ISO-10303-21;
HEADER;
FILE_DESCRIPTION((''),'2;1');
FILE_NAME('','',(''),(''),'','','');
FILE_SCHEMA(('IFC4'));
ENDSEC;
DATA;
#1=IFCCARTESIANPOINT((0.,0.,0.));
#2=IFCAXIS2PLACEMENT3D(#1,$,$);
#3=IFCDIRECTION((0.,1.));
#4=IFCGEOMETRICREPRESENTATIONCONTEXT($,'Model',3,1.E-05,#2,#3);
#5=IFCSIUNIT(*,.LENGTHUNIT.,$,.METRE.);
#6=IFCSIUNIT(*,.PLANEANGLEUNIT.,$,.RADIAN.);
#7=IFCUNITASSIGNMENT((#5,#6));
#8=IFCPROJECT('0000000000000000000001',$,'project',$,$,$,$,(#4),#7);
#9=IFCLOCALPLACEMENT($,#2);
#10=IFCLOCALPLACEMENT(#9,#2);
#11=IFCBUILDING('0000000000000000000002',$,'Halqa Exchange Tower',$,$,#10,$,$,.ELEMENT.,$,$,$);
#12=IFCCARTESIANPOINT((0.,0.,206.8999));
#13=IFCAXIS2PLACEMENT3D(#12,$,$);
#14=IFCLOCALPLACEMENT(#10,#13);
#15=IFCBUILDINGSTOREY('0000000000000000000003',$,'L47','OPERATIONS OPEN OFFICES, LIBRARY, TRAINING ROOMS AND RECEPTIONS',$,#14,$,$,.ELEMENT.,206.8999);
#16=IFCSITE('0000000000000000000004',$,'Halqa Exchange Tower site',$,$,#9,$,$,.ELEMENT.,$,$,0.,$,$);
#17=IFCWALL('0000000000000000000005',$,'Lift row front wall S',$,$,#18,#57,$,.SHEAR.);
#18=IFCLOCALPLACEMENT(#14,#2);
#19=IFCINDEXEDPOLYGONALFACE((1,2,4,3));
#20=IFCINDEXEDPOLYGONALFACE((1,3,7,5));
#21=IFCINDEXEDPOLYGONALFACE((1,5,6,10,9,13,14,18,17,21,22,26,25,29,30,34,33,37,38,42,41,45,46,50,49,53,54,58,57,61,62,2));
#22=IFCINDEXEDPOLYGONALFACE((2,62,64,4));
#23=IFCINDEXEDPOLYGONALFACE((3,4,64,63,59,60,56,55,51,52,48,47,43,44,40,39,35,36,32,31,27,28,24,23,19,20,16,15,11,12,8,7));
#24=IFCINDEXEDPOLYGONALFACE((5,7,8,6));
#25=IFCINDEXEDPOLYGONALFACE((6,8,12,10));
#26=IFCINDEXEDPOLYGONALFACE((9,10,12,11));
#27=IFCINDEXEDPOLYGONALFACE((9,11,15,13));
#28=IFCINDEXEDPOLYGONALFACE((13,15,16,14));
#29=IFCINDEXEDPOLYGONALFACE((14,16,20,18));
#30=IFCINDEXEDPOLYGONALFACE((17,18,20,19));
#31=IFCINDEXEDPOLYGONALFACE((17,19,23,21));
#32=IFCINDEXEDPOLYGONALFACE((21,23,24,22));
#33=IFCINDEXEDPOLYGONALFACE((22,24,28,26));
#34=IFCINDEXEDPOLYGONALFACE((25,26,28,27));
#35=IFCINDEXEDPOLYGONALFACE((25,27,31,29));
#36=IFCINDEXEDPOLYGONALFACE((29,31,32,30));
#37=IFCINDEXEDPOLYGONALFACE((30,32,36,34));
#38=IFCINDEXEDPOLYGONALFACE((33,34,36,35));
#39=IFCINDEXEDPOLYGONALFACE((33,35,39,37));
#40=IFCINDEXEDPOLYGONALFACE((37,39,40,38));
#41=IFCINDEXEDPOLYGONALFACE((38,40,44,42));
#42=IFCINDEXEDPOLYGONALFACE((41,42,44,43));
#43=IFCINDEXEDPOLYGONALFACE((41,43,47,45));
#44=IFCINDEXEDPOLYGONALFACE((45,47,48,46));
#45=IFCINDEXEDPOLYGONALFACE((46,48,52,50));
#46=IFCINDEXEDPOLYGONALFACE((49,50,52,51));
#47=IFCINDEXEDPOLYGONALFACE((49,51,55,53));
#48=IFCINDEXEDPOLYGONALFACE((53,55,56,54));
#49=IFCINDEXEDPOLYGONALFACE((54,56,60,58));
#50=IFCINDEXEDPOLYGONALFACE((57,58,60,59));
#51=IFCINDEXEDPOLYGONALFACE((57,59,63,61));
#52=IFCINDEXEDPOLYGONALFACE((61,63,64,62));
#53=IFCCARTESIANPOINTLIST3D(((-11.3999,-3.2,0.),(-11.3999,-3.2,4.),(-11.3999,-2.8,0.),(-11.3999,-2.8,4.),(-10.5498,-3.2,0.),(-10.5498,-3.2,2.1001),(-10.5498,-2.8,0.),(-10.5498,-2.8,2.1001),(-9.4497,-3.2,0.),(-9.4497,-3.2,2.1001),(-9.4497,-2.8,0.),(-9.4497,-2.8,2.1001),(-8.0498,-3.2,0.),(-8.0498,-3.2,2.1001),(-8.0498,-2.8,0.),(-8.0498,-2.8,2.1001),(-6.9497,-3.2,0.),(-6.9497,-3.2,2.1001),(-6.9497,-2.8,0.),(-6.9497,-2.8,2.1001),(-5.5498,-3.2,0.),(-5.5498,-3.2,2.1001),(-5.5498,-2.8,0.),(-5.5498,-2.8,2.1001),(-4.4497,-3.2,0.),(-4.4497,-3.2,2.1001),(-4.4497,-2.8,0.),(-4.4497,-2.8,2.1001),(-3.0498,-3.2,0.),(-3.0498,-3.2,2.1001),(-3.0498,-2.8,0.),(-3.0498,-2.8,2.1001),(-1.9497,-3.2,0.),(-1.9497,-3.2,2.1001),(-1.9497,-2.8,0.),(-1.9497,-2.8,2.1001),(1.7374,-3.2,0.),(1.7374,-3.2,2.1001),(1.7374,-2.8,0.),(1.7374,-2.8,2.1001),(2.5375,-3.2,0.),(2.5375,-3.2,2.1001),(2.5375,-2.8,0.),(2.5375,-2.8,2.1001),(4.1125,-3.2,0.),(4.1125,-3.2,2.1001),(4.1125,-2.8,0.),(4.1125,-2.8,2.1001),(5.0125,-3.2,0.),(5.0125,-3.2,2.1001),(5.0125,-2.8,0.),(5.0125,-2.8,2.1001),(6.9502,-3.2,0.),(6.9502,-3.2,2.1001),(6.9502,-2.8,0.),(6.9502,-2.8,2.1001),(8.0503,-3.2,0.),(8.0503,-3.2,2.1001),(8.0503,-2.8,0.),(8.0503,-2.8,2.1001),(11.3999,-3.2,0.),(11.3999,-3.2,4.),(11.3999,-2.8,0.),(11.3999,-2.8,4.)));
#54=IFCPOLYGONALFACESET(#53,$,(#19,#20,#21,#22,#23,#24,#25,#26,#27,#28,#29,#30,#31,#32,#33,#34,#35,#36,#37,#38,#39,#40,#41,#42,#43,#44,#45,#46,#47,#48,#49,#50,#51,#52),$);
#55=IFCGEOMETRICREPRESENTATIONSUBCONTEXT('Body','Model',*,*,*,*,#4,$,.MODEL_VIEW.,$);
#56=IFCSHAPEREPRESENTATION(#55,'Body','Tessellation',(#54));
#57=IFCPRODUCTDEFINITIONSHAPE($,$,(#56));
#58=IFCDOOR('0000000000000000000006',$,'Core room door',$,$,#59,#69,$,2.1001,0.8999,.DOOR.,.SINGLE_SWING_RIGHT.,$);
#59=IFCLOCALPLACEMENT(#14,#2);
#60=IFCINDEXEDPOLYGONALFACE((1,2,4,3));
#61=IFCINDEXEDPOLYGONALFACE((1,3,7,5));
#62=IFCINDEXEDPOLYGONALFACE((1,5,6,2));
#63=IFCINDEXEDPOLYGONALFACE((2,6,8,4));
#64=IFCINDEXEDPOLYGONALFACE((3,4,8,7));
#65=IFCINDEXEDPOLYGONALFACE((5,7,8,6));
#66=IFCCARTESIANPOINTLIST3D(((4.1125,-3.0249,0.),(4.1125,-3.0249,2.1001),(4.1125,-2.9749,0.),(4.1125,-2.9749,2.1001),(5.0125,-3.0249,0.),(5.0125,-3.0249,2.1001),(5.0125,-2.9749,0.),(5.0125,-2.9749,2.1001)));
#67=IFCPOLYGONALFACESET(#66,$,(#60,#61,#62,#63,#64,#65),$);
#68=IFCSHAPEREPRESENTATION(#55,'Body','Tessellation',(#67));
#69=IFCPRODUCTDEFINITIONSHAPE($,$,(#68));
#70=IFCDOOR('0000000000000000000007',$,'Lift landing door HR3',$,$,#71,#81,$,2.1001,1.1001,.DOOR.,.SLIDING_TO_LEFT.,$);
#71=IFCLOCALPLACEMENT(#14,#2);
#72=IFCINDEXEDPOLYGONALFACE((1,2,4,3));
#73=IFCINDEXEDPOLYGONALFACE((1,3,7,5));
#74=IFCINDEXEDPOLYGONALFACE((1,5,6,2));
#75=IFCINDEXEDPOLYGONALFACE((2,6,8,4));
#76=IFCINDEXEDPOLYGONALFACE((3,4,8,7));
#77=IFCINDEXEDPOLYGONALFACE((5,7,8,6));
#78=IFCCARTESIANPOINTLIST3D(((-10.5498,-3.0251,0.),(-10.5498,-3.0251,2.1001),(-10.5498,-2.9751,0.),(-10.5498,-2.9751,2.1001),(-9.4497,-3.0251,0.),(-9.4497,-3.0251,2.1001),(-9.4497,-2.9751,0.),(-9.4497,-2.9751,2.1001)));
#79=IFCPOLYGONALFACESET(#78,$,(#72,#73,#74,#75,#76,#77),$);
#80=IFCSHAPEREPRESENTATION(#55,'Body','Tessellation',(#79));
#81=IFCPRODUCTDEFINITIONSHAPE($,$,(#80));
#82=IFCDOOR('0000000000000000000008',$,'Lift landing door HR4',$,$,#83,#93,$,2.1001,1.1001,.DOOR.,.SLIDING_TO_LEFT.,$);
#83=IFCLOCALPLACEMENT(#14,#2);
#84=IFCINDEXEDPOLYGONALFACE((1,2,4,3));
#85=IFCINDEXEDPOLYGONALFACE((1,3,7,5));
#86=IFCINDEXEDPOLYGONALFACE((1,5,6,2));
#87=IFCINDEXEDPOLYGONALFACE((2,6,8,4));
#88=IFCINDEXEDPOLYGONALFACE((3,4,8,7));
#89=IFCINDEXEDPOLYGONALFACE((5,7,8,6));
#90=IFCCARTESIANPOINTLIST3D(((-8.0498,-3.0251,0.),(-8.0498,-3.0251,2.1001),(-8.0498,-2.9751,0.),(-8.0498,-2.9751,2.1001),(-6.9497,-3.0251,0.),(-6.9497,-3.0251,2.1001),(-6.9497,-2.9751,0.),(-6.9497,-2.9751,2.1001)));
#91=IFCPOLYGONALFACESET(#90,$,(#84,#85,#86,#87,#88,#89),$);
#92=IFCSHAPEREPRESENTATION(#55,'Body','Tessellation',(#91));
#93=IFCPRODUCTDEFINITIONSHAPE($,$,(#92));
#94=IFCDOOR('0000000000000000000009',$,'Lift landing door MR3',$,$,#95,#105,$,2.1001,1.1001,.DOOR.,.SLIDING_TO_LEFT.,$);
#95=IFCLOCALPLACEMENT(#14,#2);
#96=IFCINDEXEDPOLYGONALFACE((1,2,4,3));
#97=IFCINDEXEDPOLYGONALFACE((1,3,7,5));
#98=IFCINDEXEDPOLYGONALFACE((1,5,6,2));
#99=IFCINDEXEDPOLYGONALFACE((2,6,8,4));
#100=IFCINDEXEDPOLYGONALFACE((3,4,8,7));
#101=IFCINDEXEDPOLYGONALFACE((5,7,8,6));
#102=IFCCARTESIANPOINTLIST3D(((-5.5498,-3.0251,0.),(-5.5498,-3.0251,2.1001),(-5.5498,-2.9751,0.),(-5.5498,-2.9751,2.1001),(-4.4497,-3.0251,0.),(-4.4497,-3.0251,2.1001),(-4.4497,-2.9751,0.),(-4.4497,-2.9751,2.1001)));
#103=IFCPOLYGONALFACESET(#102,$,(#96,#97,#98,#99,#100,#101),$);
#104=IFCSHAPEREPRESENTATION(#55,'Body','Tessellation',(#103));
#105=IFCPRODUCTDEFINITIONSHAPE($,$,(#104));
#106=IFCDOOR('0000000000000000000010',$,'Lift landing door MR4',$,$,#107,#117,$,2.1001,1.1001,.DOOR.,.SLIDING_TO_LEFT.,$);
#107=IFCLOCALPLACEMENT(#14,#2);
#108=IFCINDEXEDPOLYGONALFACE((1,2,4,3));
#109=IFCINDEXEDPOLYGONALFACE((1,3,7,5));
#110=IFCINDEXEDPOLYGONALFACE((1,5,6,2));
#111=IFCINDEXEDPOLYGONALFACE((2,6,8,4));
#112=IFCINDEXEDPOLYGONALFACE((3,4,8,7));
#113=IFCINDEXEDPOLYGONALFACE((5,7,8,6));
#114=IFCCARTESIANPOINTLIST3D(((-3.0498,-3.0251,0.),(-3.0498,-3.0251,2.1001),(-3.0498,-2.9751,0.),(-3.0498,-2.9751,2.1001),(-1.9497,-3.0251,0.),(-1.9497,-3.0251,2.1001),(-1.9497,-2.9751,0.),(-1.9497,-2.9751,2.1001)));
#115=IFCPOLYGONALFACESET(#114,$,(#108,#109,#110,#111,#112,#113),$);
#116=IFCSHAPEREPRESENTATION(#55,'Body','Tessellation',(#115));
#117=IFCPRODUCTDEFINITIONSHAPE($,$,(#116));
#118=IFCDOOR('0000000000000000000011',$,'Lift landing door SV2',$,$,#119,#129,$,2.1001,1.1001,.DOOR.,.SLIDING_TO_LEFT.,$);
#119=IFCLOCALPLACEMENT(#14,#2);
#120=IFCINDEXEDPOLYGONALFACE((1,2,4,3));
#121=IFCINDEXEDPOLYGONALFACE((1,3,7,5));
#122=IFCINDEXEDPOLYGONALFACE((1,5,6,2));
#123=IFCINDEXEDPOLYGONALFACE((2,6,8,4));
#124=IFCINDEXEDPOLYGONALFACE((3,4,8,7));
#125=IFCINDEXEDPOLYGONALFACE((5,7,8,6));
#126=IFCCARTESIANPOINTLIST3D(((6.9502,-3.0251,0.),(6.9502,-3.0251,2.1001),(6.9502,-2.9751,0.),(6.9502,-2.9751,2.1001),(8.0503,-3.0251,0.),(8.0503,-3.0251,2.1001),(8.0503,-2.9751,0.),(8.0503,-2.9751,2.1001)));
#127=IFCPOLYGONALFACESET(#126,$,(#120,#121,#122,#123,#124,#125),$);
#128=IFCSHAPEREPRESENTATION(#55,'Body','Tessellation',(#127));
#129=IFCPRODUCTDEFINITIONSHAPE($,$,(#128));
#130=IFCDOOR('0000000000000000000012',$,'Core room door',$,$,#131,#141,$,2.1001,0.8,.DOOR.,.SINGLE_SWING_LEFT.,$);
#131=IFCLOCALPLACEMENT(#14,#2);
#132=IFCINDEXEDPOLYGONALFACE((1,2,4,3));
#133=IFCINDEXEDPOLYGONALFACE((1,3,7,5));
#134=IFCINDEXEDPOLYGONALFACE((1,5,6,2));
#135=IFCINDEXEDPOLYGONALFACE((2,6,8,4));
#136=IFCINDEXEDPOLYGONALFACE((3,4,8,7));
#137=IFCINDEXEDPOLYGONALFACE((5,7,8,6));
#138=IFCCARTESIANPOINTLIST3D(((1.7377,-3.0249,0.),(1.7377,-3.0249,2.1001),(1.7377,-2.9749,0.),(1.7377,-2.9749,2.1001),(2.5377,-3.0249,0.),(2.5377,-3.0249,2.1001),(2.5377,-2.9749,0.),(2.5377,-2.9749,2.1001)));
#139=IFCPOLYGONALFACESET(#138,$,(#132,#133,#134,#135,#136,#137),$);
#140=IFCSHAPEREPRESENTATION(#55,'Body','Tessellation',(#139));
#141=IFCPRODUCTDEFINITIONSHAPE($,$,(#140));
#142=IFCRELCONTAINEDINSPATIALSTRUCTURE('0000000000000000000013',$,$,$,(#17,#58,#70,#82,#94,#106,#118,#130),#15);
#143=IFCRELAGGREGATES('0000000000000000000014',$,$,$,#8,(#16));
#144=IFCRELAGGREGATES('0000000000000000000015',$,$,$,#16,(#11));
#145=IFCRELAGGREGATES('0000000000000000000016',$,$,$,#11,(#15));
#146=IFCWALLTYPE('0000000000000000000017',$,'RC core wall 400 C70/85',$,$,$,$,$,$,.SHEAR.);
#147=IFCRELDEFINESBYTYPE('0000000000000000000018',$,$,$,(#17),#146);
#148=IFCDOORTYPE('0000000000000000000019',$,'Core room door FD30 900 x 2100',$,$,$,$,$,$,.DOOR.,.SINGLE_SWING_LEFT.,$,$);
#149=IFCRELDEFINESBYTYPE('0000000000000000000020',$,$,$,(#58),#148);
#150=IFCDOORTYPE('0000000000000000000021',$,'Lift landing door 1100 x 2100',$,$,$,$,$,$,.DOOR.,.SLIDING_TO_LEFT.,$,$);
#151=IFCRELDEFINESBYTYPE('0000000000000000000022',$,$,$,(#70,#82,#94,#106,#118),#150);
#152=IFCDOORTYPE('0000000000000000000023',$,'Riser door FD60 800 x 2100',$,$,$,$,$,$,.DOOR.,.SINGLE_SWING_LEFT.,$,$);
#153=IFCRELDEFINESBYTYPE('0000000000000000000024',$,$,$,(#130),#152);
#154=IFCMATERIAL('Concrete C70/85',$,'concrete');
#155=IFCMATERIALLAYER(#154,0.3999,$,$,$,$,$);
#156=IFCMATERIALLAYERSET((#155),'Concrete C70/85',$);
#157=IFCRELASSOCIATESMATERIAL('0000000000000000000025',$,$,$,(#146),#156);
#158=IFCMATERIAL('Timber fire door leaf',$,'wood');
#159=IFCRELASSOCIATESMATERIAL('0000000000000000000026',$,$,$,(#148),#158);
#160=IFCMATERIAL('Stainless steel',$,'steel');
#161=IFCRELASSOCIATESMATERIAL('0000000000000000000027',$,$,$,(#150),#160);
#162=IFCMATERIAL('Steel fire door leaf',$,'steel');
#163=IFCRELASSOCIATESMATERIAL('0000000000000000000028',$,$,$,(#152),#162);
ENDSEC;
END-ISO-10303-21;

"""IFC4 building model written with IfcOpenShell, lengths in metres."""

from ifc_helpers import new_model, si_unit, direction, frame, frame_2d, origin, place, context, subcontext, project, spatial, rectangle, extrude, material, layer, layer_set, type_object, element, fill, save


model = new_model("IFC4")

# Units and contexts
model_context = context("Model", 3, precision=1e-05, world=origin(), true_north=direction((0.0, 1.0)))
body_context = subcontext(model_context, "Body", "Model", "MODEL_VIEW")
ifc_project = project(units=[si_unit("LENGTHUNIT", "METRE"), si_unit("PLANEANGLEUNIT", "RADIAN")], contexts=[model_context])

# Site, building, storey
site_placement = place(None, origin())
site = spatial("IfcSite", under=ifc_project, at=site_placement, Name="Halqa Exchange Tower site", CompositionType="ELEMENT", RefElevation=0.0)
building_placement = place(site_placement, origin())
building = spatial("IfcBuilding", under=site, at=building_placement, Name="Halqa Exchange Tower", CompositionType="ELEMENT")
storey_placement = place(building_placement, frame((0.0, 0.0, 206.8999)))
storey = spatial("IfcBuildingStorey", under=building, at=storey_placement, Name="L47", Description="OPERATIONS OPEN OFFICES, LIBRARY, TRAINING ROOMS AND RECEPTIONS", CompositionType="ELEMENT", Elevation=206.8999)

# Wall, openings, doors
ifc_material_1 = material(Name="Concrete C70/85", Category="concrete")
ifc_layer_1 = layer(ifc_material_1, 0.3999)
ifc_layer_set_1 = layer_set([ifc_layer_1], Name="Concrete C70/85")
wall_type_1 = type_object("IfcWallType", Name="RC core wall 400 C70/85", PredefinedType="SHEAR", material=ifc_layer_set_1)
wall_1_placement = place(storey_placement, frame((-11.3999, -3.0, 0.0), z_axis=(0.0, 0.0, 1.0), x_axis=(1.0, 0.0, 0.0)))
wall_1 = element("IfcWall", 1, at=wall_1_placement, inside=storey, type_object=wall_type_1, Name="Lift row front wall S", PredefinedType="SHEAR", context=body_context, shape_type="SweptSolid", body=[
    extrude(rectangle(XDim=22.7998, YDim=0.3999, at=frame_2d((11.3999, 0.0))), origin(), (0.0, 0.0, 1.0), 4.0),
])
opening_1_placement = place(wall_1_placement, frame((0.8501, 0.0, 0.0)))
opening_1 = element("IfcOpeningElement", 2, at=opening_1_placement, cuts=wall_1, PredefinedType="OPENING", context=body_context, shape_type="SweptSolid", body=[
    extrude(rectangle(XDim=1.1001, YDim=2.1001, at=frame_2d((0.55, 1.05))), frame((0.0, 0.2119, 0.0), z_axis=(0.0, -1.0, 0.0), x_axis=(1.0, 0.0, 0.0)), (0.0, 0.0, 1.0), 0.4238),
])
opening_2_placement = place(wall_1_placement, frame((3.3501, 0.0, 0.0)))
opening_2 = element("IfcOpeningElement", 3, at=opening_2_placement, cuts=wall_1, PredefinedType="OPENING", context=body_context, shape_type="SweptSolid", body=[
    extrude(rectangle(XDim=1.1001, YDim=2.1001, at=frame_2d((0.55, 1.05))), frame((0.0, 0.2119, 0.0), z_axis=(0.0, -1.0, 0.0), x_axis=(1.0, 0.0, 0.0)), (0.0, 0.0, 1.0), 0.4238),
])
opening_3_placement = place(wall_1_placement, frame((5.8501, 0.0, 0.0)))
opening_3 = element("IfcOpeningElement", 4, at=opening_3_placement, cuts=wall_1, PredefinedType="OPENING", context=body_context, shape_type="SweptSolid", body=[
    extrude(rectangle(XDim=1.1001, YDim=2.1001, at=frame_2d((0.55, 1.05))), frame((0.0, 0.2119, 0.0), z_axis=(0.0, -1.0, 0.0), x_axis=(1.0, 0.0, 0.0)), (0.0, 0.0, 1.0), 0.4238),
])
opening_4_placement = place(wall_1_placement, frame((8.3501, 0.0, 0.0)))
opening_4 = element("IfcOpeningElement", 5, at=opening_4_placement, cuts=wall_1, PredefinedType="OPENING", context=body_context, shape_type="SweptSolid", body=[
    extrude(rectangle(XDim=1.1001, YDim=2.1001, at=frame_2d((0.55, 1.05))), frame((0.0, 0.2119, 0.0), z_axis=(0.0, -1.0, 0.0), x_axis=(1.0, 0.0, 0.0)), (0.0, 0.0, 1.0), 0.4238),
])
opening_5_placement = place(wall_1_placement, frame((18.3501, 0.0, 0.0)))
opening_5 = element("IfcOpeningElement", 6, at=opening_5_placement, cuts=wall_1, PredefinedType="OPENING", context=body_context, shape_type="SweptSolid", body=[
    extrude(rectangle(XDim=1.1001, YDim=2.1001, at=frame_2d((0.55, 1.05))), frame((0.0, 0.2119, 0.0), z_axis=(0.0, -1.0, 0.0), x_axis=(1.0, 0.0, 0.0)), (0.0, 0.0, 1.0), 0.4238),
])
opening_6_placement = place(wall_1_placement, frame((13.1375, 0.0, 0.0)))
opening_6 = element("IfcOpeningElement", 7, at=opening_6_placement, cuts=wall_1, PredefinedType="OPENING", context=body_context, shape_type="SweptSolid", body=[
    extrude(rectangle(XDim=0.8, YDim=2.1001, at=frame_2d((0.3999, 1.05))), frame((0.0, 0.2119, 0.0), z_axis=(0.0, -1.0, 0.0), x_axis=(1.0, 0.0, 0.0)), (0.0, 0.0, 1.0), 0.4238),
])
opening_7_placement = place(wall_1_placement, frame((15.5125, 0.0, 0.0)))
opening_7 = element("IfcOpeningElement", 8, at=opening_7_placement, cuts=wall_1, PredefinedType="OPENING", context=body_context, shape_type="SweptSolid", body=[
    extrude(rectangle(XDim=0.8999, YDim=2.1001, at=frame_2d((0.45, 1.05))), frame((0.0, 0.2119, 0.0), z_axis=(0.0, -1.0, 0.0), x_axis=(1.0, 0.0, 0.0)), (0.0, 0.0, 1.0), 0.4238),
])
ifc_material_2 = material(Name="Timber fire door leaf", Category="wood")
door_type_1 = type_object("IfcDoorType", Name="Core room door FD30 900 x 2100", OperationType="SINGLE_SWING_LEFT", PredefinedType="DOOR", material=ifc_material_2)
door_1_placement = place(opening_7_placement, frame((0.8999, 0.0, 0.0), z_axis=(0.0, 0.0, 1.0), x_axis=(-1.0, 0.0, 0.0)))
door_1 = element("IfcDoor", 9, at=door_1_placement, inside=storey, type_object=door_type_1, Name="Core room door", OperationType="SINGLE_SWING_RIGHT", OverallHeight=2.1001, OverallWidth=0.8999, PredefinedType="DOOR", context=body_context, shape_type="SweptSolid", body=[
    extrude(rectangle(XDim=0.8999, YDim=2.1001, at=frame_2d((0.45, 1.05))), frame((0.0, 0.0249, 0.0), z_axis=(0.0, -1.0, 0.0), x_axis=(1.0, 0.0, 0.0)), (0.0, 0.0, 1.0), 0.05),
])
fill(opening_7, door_1)
ifc_material_3 = material(Name="Stainless steel", Category="steel")
door_type_2 = type_object("IfcDoorType", Name="Lift landing door 1100 x 2100", OperationType="SLIDING_TO_LEFT", PredefinedType="DOOR", material=ifc_material_3)
door_2_placement = place(opening_1_placement, origin())
door_2 = element("IfcDoor", 10, at=door_2_placement, inside=storey, type_object=door_type_2, Name="Lift landing door HR3", OperationType="SLIDING_TO_LEFT", OverallHeight=2.1001, OverallWidth=1.1001, PredefinedType="DOOR", context=body_context, shape_type="SweptSolid", body=[
    extrude(rectangle(XDim=1.1001, YDim=2.1001, at=frame_2d((0.55, 1.05))), frame((0.0, 0.0249, 0.0), z_axis=(0.0, -1.0, 0.0), x_axis=(1.0, 0.0, 0.0)), (0.0, 0.0, 1.0), 0.05),
])
fill(opening_1, door_2)
door_3_placement = place(opening_2_placement, origin())
door_3 = element("IfcDoor", 11, at=door_3_placement, inside=storey, type_object=door_type_2, Name="Lift landing door HR4", OperationType="SLIDING_TO_LEFT", OverallHeight=2.1001, OverallWidth=1.1001, PredefinedType="DOOR", context=body_context, shape_type="SweptSolid", body=[
    extrude(rectangle(XDim=1.1001, YDim=2.1001, at=frame_2d((0.55, 1.05))), frame((0.0, 0.0249, 0.0), z_axis=(0.0, -1.0, 0.0), x_axis=(1.0, 0.0, 0.0)), (0.0, 0.0, 1.0), 0.05),
])
fill(opening_2, door_3)
door_4_placement = place(opening_3_placement, origin())
door_4 = element("IfcDoor", 12, at=door_4_placement, inside=storey, type_object=door_type_2, Name="Lift landing door MR3", OperationType="SLIDING_TO_LEFT", OverallHeight=2.1001, OverallWidth=1.1001, PredefinedType="DOOR", context=body_context, shape_type="SweptSolid", body=[
    extrude(rectangle(XDim=1.1001, YDim=2.1001, at=frame_2d((0.55, 1.05))), frame((0.0, 0.0249, 0.0), z_axis=(0.0, -1.0, 0.0), x_axis=(1.0, 0.0, 0.0)), (0.0, 0.0, 1.0), 0.05),
])
fill(opening_3, door_4)
door_5_placement = place(opening_4_placement, origin())
door_5 = element("IfcDoor", 13, at=door_5_placement, inside=storey, type_object=door_type_2, Name="Lift landing door MR4", OperationType="SLIDING_TO_LEFT", OverallHeight=2.1001, OverallWidth=1.1001, PredefinedType="DOOR", context=body_context, shape_type="SweptSolid", body=[
    extrude(rectangle(XDim=1.1001, YDim=2.1001, at=frame_2d((0.55, 1.05))), frame((0.0, 0.0249, 0.0), z_axis=(0.0, -1.0, 0.0), x_axis=(1.0, 0.0, 0.0)), (0.0, 0.0, 1.0), 0.05),
])
fill(opening_4, door_5)
door_6_placement = place(opening_5_placement, origin())
door_6 = element("IfcDoor", 14, at=door_6_placement, inside=storey, type_object=door_type_2, Name="Lift landing door SV2", OperationType="SLIDING_TO_LEFT", OverallHeight=2.1001, OverallWidth=1.1001, PredefinedType="DOOR", context=body_context, shape_type="SweptSolid", body=[
    extrude(rectangle(XDim=1.1001, YDim=2.1001, at=frame_2d((0.55, 1.05))), frame((0.0, 0.0249, 0.0), z_axis=(0.0, -1.0, 0.0), x_axis=(1.0, 0.0, 0.0)), (0.0, 0.0, 1.0), 0.05),
])
fill(opening_5, door_6)
ifc_material_4 = material(Name="Steel fire door leaf", Category="steel")
door_type_3 = type_object("IfcDoorType", Name="Riser door FD60 800 x 2100", OperationType="SINGLE_SWING_LEFT", PredefinedType="DOOR", material=ifc_material_4)
door_7_placement = place(opening_6_placement, frame((0.8, 0.0, 0.0), z_axis=(0.0, 0.0, 1.0), x_axis=(-1.0, 0.0, 0.0)))
door_7 = element("IfcDoor", 15, at=door_7_placement, inside=storey, type_object=door_type_3, Name="Core room door", OperationType="SINGLE_SWING_LEFT", OverallHeight=2.1001, OverallWidth=0.8, PredefinedType="DOOR", context=body_context, shape_type="SweptSolid", body=[
    extrude(rectangle(XDim=0.8, YDim=2.1001, at=frame_2d((0.3999, 1.05))), frame((0.0, 0.0249, 0.0), z_axis=(0.0, -1.0, 0.0), x_axis=(1.0, 0.0, 0.0)), (0.0, 0.0, 1.0), 0.05),
])
fill(opening_6, door_7)

save(model, "model.ifc")
